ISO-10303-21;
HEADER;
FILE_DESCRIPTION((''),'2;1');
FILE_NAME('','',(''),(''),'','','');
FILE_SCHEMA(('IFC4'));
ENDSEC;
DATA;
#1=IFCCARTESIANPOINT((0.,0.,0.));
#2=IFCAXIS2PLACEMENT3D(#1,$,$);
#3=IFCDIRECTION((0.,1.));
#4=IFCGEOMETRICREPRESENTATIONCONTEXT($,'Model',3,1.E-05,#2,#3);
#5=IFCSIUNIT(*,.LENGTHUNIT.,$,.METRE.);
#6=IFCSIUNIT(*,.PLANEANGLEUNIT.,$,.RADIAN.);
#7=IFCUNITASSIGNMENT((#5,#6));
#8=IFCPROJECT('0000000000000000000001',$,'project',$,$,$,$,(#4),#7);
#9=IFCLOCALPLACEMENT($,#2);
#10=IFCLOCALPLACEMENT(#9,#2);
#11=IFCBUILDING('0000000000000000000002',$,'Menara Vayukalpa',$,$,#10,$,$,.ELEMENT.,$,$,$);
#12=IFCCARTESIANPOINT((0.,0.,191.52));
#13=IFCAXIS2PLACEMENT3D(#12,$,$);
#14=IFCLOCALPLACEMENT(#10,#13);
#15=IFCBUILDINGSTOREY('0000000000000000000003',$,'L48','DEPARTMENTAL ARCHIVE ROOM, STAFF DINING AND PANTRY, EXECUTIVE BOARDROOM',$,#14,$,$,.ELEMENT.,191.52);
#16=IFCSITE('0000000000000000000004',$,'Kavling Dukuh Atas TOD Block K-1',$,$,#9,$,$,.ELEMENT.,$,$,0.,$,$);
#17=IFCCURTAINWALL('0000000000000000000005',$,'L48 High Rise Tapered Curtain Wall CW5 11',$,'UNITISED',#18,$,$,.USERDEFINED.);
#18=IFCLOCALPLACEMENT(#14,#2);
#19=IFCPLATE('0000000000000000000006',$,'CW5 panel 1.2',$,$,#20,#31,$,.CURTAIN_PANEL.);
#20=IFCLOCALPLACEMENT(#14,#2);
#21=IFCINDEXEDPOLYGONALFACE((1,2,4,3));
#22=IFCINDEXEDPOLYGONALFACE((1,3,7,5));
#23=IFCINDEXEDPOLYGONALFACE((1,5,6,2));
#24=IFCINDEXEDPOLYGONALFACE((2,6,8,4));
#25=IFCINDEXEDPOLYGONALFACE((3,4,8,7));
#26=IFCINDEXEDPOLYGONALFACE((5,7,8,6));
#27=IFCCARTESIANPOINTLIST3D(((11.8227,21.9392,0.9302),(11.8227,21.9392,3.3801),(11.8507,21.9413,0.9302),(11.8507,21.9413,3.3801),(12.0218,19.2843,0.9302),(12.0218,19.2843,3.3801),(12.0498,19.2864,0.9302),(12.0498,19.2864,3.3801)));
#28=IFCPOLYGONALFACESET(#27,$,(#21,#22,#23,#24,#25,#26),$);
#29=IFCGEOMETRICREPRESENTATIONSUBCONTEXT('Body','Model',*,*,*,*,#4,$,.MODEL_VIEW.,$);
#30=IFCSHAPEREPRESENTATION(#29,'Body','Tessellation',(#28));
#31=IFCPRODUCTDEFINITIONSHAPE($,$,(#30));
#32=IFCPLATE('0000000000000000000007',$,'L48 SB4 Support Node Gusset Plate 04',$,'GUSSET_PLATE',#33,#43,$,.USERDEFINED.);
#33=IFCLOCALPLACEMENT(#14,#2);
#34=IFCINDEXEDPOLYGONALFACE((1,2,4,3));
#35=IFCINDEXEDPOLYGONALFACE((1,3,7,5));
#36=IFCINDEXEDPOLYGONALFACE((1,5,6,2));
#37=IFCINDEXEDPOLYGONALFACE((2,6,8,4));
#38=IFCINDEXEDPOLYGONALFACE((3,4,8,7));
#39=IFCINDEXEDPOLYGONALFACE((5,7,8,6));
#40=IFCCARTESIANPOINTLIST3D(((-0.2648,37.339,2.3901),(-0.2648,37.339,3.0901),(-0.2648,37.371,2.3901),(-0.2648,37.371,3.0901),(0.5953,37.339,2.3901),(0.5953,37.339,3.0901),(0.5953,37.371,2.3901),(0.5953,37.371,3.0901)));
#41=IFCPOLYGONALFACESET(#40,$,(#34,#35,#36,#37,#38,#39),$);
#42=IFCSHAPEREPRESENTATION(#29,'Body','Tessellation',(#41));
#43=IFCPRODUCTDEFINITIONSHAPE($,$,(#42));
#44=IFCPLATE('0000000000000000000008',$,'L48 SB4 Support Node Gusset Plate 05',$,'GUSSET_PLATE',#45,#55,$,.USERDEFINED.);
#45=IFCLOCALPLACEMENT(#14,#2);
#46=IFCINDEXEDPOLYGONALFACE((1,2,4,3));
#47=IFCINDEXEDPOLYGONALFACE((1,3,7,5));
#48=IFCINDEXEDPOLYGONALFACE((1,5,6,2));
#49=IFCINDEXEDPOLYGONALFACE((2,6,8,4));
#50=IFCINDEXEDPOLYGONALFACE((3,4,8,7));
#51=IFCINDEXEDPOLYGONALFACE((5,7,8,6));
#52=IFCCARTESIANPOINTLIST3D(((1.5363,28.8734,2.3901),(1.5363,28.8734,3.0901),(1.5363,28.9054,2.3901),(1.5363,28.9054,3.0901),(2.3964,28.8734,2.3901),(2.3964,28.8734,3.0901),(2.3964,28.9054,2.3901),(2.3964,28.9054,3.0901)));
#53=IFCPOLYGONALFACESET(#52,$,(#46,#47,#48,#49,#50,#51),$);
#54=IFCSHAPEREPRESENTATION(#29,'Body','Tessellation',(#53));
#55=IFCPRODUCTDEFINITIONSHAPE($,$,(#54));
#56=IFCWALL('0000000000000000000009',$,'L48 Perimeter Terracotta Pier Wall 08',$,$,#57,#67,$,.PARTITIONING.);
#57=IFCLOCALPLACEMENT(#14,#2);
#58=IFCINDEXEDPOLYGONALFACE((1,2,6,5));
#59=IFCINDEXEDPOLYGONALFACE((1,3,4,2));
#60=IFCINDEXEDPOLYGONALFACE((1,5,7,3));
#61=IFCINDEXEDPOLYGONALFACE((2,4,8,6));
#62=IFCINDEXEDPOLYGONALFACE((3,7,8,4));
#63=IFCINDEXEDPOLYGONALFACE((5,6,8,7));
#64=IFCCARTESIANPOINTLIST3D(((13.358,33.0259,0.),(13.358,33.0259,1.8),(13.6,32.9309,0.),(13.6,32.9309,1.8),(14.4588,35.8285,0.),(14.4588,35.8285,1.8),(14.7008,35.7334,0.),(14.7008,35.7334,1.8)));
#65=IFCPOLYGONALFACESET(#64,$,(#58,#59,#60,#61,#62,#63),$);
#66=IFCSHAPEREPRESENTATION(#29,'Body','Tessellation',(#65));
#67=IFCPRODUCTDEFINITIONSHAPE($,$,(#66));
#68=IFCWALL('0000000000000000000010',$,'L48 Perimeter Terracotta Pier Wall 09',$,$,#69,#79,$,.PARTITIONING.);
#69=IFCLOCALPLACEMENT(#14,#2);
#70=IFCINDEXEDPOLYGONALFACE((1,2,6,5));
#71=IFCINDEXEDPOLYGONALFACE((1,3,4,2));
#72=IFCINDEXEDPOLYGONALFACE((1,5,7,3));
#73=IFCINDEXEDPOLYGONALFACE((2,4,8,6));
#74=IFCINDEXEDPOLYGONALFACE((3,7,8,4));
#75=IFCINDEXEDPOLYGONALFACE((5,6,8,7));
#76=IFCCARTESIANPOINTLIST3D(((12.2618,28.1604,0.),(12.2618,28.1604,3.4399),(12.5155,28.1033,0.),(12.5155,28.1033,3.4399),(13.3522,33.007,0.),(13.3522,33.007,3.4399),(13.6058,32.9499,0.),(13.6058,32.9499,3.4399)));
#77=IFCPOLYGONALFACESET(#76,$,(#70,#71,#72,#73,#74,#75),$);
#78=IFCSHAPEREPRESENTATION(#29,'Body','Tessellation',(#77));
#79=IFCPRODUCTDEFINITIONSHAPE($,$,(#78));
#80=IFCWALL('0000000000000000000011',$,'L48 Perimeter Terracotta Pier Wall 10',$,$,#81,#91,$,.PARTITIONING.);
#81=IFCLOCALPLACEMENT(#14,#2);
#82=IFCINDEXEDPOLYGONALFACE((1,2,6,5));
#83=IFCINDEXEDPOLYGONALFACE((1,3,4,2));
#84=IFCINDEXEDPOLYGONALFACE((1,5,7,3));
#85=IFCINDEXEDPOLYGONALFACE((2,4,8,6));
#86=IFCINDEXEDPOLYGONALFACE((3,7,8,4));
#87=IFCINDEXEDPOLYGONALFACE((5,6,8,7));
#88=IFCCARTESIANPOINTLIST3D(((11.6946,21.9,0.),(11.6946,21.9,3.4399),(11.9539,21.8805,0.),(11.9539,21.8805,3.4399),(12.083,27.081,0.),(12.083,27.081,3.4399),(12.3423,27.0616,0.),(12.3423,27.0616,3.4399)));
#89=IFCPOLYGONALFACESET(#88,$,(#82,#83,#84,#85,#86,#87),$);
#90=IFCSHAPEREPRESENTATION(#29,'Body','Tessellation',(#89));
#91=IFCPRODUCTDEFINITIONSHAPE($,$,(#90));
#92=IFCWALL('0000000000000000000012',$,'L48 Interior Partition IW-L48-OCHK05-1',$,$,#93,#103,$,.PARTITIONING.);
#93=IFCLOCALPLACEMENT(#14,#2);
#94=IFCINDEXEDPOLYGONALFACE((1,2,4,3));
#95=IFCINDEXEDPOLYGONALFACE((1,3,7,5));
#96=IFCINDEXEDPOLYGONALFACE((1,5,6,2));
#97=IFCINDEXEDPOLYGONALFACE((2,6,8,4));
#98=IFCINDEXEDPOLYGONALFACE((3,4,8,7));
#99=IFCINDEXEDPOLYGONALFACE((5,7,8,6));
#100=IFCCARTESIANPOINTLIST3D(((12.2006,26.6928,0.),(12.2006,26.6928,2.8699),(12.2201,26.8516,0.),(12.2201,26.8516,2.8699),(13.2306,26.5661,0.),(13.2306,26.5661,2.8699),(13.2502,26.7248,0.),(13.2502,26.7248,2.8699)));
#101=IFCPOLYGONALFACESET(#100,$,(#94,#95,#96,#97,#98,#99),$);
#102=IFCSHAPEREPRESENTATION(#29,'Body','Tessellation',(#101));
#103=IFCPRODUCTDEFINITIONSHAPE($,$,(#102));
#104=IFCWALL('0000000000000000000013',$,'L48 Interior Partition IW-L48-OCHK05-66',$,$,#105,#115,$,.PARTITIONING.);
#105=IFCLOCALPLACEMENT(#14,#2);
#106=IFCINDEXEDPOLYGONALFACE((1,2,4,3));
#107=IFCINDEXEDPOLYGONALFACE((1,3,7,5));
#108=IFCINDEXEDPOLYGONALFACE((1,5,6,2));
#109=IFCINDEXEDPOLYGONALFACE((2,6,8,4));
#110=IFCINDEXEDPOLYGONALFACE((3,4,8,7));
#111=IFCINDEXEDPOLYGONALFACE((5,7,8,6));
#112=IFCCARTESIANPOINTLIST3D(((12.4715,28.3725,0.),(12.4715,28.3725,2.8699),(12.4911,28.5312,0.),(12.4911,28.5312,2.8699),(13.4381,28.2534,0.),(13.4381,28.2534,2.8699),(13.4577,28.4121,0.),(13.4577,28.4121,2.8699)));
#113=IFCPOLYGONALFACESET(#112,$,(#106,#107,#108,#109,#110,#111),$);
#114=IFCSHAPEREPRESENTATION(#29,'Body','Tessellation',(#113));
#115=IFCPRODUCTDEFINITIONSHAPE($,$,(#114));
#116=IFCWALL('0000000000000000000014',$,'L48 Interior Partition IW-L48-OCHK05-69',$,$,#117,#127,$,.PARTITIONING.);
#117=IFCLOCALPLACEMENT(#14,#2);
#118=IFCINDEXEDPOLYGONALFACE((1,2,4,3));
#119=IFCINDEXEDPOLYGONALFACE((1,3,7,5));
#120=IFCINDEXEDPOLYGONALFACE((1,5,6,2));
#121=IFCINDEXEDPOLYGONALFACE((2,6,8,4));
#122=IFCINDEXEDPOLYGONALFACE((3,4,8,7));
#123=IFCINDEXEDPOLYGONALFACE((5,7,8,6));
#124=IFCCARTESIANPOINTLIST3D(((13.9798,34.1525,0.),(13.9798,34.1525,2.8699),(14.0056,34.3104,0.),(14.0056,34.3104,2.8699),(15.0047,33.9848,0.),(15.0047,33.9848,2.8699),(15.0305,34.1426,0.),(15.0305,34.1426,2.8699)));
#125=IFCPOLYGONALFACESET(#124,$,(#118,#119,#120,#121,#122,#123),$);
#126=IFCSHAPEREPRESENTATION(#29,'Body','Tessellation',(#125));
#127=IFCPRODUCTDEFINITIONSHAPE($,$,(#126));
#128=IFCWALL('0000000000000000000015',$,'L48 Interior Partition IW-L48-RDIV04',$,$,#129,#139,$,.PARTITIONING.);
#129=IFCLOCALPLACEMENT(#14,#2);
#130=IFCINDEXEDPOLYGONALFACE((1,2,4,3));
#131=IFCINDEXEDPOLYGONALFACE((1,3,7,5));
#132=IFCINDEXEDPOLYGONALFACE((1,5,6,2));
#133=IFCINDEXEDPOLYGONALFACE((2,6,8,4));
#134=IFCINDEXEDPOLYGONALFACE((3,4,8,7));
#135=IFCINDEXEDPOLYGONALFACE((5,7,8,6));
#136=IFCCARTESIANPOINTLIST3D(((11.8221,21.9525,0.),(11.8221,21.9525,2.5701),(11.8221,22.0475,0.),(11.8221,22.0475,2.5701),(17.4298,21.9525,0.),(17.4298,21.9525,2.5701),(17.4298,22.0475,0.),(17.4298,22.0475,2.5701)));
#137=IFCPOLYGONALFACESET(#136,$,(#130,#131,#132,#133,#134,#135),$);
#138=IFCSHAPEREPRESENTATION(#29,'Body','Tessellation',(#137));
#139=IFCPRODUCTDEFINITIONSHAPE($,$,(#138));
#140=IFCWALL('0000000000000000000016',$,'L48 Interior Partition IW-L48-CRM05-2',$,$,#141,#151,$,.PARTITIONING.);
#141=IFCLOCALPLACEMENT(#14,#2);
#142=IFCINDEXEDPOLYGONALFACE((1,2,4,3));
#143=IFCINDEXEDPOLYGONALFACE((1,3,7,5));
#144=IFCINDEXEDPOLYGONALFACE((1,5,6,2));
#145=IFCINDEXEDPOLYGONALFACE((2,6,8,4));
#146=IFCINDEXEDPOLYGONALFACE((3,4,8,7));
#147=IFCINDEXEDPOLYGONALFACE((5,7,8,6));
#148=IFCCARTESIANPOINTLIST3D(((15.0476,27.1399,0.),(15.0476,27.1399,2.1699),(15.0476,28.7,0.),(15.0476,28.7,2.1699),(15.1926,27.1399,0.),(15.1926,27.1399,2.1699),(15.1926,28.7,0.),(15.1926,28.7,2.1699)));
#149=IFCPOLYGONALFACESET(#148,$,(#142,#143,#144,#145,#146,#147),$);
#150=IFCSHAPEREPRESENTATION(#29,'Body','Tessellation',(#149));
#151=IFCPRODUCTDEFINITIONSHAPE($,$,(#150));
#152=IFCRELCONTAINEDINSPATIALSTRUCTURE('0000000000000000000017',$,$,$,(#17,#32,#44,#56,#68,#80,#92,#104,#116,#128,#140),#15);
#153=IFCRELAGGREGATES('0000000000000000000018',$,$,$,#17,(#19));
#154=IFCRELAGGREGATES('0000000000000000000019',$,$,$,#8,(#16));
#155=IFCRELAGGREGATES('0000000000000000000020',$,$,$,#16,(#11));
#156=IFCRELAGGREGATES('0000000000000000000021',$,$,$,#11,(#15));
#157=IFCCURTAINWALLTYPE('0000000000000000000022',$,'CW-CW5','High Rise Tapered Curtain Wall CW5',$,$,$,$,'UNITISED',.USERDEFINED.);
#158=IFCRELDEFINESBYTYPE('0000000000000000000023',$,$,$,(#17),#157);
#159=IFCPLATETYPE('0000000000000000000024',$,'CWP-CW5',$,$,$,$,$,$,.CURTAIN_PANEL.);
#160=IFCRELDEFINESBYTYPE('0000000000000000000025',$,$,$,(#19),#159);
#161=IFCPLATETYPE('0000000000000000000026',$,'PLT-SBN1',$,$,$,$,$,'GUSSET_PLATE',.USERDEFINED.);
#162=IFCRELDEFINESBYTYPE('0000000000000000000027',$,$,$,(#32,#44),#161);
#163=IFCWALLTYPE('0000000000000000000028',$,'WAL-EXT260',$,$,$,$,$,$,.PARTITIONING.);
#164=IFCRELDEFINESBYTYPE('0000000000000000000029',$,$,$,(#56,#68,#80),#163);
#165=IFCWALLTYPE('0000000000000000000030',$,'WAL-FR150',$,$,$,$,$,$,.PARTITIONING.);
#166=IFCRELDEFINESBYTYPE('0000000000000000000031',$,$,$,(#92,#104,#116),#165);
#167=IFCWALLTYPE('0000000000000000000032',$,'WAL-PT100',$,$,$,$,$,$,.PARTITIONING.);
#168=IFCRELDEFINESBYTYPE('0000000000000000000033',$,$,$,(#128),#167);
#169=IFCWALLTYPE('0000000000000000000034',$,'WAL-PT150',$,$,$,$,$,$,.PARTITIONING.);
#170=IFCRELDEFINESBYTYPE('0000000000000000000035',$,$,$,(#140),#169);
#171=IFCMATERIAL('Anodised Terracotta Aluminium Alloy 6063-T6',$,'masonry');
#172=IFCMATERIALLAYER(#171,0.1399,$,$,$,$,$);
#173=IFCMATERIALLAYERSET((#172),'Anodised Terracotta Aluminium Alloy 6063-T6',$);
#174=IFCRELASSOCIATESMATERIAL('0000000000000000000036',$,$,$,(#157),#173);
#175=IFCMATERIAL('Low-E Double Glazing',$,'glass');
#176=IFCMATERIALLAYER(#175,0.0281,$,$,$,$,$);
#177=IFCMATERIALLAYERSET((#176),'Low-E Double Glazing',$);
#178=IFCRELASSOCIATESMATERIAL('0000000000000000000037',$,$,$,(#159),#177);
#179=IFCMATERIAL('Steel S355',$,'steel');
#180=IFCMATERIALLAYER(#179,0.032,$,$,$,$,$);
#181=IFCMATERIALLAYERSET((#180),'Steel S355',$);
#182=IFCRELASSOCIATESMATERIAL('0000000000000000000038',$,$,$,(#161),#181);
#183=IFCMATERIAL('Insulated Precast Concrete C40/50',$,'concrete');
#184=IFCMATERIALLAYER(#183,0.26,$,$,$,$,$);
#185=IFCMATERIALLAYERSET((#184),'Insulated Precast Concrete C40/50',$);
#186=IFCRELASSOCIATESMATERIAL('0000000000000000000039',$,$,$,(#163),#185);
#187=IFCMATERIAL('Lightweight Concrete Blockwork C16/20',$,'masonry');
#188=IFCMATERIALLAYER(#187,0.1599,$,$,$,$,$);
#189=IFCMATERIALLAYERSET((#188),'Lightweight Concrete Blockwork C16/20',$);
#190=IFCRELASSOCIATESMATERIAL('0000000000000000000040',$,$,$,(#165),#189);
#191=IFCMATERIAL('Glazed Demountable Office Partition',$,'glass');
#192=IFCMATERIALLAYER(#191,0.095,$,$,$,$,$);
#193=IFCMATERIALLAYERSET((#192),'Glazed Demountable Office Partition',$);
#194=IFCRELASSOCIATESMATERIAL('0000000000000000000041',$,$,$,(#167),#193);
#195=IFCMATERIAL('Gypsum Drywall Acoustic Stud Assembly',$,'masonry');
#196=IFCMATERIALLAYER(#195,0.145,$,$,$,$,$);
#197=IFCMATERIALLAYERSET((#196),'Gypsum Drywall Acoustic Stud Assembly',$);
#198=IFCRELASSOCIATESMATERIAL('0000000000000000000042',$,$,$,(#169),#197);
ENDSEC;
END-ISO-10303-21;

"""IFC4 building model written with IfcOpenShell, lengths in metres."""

from ifc_helpers import new_model, si_unit, direction, frame, frame_2d, origin, origin_2d, place, context, subcontext, project, spatial, rectangle, extrude, material, layer, layer_set, type_object, element, aggregate, save


model = new_model("IFC4")

# Units and contexts
model_context = context("Model", 3, precision=1e-05, world=origin(), true_north=direction((0.0, 1.0)))
body_context = subcontext(model_context, "Body", "Model", "MODEL_VIEW")
ifc_project = project(units=[si_unit("LENGTHUNIT", "METRE"), si_unit("PLANEANGLEUNIT", "RADIAN")], contexts=[model_context])

# Site, building, storey
site_placement = place(None, origin())
site = spatial("IfcSite", under=ifc_project, at=site_placement, Name="Kavling Dukuh Atas TOD Block K-1", CompositionType="ELEMENT", RefElevation=0.0)
building_placement = place(site_placement, origin())
building = spatial("IfcBuilding", under=site, at=building_placement, Name="Menara Vayukalpa", CompositionType="ELEMENT")
storey_placement = place(building_placement, frame((0.0, 0.0, 191.52)))
storey = spatial("IfcBuildingStorey", under=building, at=storey_placement, Name="L48", Description="DEPARTMENTAL ARCHIVE ROOM, STAFF DINING AND PANTRY, EXECUTIVE BOARDROOM", CompositionType="ELEMENT", Elevation=191.52)

# Curtain wall, plate
ifc_material_1 = material(Name="Anodised Terracotta Aluminium Alloy 6063-T6", Category="masonry")
ifc_layer_1 = layer(ifc_material_1, 0.1399)
ifc_layer_set_1 = layer_set([ifc_layer_1], Name="Anodised Terracotta Aluminium Alloy 6063-T6")
curtain_wall_type = type_object("IfcCurtainWallType", Name="CW-CW5", Description="High Rise Tapered Curtain Wall CW5", ElementType="UNITISED", PredefinedType="USERDEFINED", material=ifc_layer_set_1)
curtain_wall_placement = place(storey_placement, origin())
curtain_wall = element("IfcCurtainWall", 1, at=curtain_wall_placement, inside=storey, type_object=curtain_wall_type, Name="L48 High Rise Tapered Curtain Wall CW5 11", ObjectType="UNITISED", PredefinedType="USERDEFINED")
ifc_material_2 = material(Name="Low-E Double Glazing", Category="glass")
ifc_layer_2 = layer(ifc_material_2, 0.0281)
ifc_layer_set_2 = layer_set([ifc_layer_2], Name="Low-E Double Glazing")
plate_type_1 = type_object("IfcPlateType", Name="CWP-CW5", PredefinedType="CURTAIN_PANEL", material=ifc_layer_set_2)
plate_1_placement = place(storey_placement, frame((11.9363, 20.6128, 0.9302), z_axis=(0.0, 0.0, 1.0), x_axis=(0.074792, -0.997199, 0.0)))
plate_1 = element("IfcPlate", 2, at=plate_1_placement, type_object=plate_type_1, Name="CW5 panel 1.2", PredefinedType="CURTAIN_PANEL", context=body_context, shape_type="SweptSolid", body=[
    extrude(rectangle(XDim=2.6624, YDim=0.0281, at=origin_2d()), origin(), (0.0, 0.0, 1.0), 2.45),
])
aggregate(curtain_wall, [plate_1])

# Plates
ifc_material_3 = material(Name="Steel S355", Category="steel")
ifc_layer_3 = layer(ifc_material_3, 0.032)
ifc_layer_set_3 = layer_set([ifc_layer_3], Name="Steel S355")
plate_type_2 = type_object("IfcPlateType", Name="PLT-SBN1", ElementType="GUSSET_PLATE", PredefinedType="USERDEFINED", material=ifc_layer_set_3)
for number, where, z_axis, x_axis, name in (
    (3, (0.1653, 37.355, 2.3901), (0.0, 0.0, 1.0), (1.0, 0.0, 0.0), "L48 SB4 Support Node Gusset Plate 04"),
    (4, (1.9663, 28.8894, 2.3901), (0.0, 0.0, 1.0), (1.0, 0.0, 0.0), "L48 SB4 Support Node Gusset Plate 05"),
):
    element("IfcPlate", number, at=place(storey_placement, frame(where, z_axis=z_axis, x_axis=x_axis)), inside=storey, type_object=plate_type_2, Name=name, ObjectType="GUSSET_PLATE", PredefinedType="USERDEFINED", context=body_context, shape_type="SweptSolid", body=[
        extrude(rectangle(XDim=0.8601, YDim=0.032, at=origin_2d()), origin(), (0.0, 0.0, 1.0), 0.7),
    ])

# Walls
ifc_material_4 = material(Name="Insulated Precast Concrete C40/50", Category="concrete")
ifc_layer_4 = layer(ifc_material_4, 0.26)
ifc_layer_set_4 = layer_set([ifc_layer_4], Name="Insulated Precast Concrete C40/50")
wall_type_1 = type_object("IfcWallType", Name="WAL-EXT260", PredefinedType="PARTITIONING", material=ifc_layer_set_4)
wall_1_placement = place(storey_placement, frame((13.479, 32.9785, 0.0), z_axis=(0.0, 0.0, 1.0), x_axis=(0.36561, 0.930768, 0.0)))
element("IfcWall", 5, at=wall_1_placement, inside=storey, type_object=wall_type_1, Name="L48 Perimeter Terracotta Pier Wall 08", PredefinedType="PARTITIONING", context=body_context, shape_type="SweptSolid", body=[
    extrude(rectangle(XDim=3.011, YDim=0.26, at=frame_2d((1.5054, 0.0))), origin(), (0.0, 0.0, 1.0), 1.8),
])
wall_2_placement = place(storey_placement, frame((12.3887, 28.1318, 0.0), z_axis=(0.0, 0.0, 1.0), x_axis=(0.219479, 0.975617, 0.0)))
element("IfcWall", 6, at=wall_2_placement, inside=storey, type_object=wall_type_1, Name="L48 Perimeter Terracotta Pier Wall 09", PredefinedType="PARTITIONING", context=body_context, shape_type="SweptSolid", body=[
    extrude(rectangle(XDim=4.9678, YDim=0.26, at=frame_2d((2.4839, 0.0))), origin(), (0.0, 0.0, 1.0), 3.4399),
])
wall_3_placement = place(storey_placement, frame((11.8242, 21.8904, 0.0), z_axis=(0.0, 0.0, 1.0), x_axis=(0.074763, 0.997201, 0.0)))
element("IfcWall", 7, at=wall_3_placement, inside=storey, type_object=wall_type_1, Name="L48 Perimeter Terracotta Pier Wall 10", PredefinedType="PARTITIONING", context=body_context, shape_type="SweptSolid", body=[
    extrude(rectangle(XDim=5.1956, YDim=0.26, at=frame_2d((2.5977, 0.0))), origin(), (0.0, 0.0, 1.0), 3.4399),
])
ifc_material_5 = material(Name="Lightweight Concrete Blockwork C16/20", Category="masonry")
ifc_layer_5 = layer(ifc_material_5, 0.1599)
ifc_layer_set_5 = layer_set([ifc_layer_5], Name="Lightweight Concrete Blockwork C16/20")
wall_type_2 = type_object("IfcWallType", Name="WAL-FR150", PredefinedType="PARTITIONING", material=ifc_layer_set_5)
wall_4_placement = place(storey_placement, frame((12.2102, 26.7722, 0.0), z_axis=(0.0, 0.0, 1.0), x_axis=(0.992518, -0.122095, 0.0)))
element("IfcWall", 8, at=wall_4_placement, inside=storey, type_object=wall_type_2, Name="L48 Interior Partition IW-L48-OCHK05-1", PredefinedType="PARTITIONING", context=body_context, shape_type="SweptSolid", body=[
    extrude(rectangle(XDim=1.0378, YDim=0.1599, at=frame_2d((0.519, 0.0))), origin(), (0.0, 0.0, 1.0), 2.8699),
])
wall_5_placement = place(storey_placement, frame((13.4478, 28.3328, 0.0), z_axis=(0.0, 0.0, 1.0), x_axis=(-0.992489, 0.122338, 0.0)))
element("IfcWall", 9, at=wall_5_placement, inside=storey, type_object=wall_type_2, Name="L48 Interior Partition IW-L48-OCHK05-66", PredefinedType="PARTITIONING", context=body_context, shape_type="SweptSolid", body=[
    extrude(rectangle(XDim=0.9739, YDim=0.1599, at=frame_2d((0.4868, 0.0))), origin(), (0.0, 0.0, 1.0), 2.8699),
])
wall_6_placement = place(storey_placement, frame((13.9927, 34.2314, 0.0), z_axis=(0.0, 0.0, 1.0), x_axis=(0.986873, -0.161501, 0.0)))
element("IfcWall", 10, at=wall_6_placement, inside=storey, type_object=wall_type_2, Name="L48 Interior Partition IW-L48-OCHK05-69", PredefinedType="PARTITIONING", context=body_context, shape_type="SweptSolid", body=[
    extrude(rectangle(XDim=1.0386, YDim=0.1599, at=frame_2d((0.5193, 0.0))), origin(), (0.0, 0.0, 1.0), 2.8699),
])
ifc_material_6 = material(Name="Glazed Demountable Office Partition", Category="glass")
ifc_layer_6 = layer(ifc_material_6, 0.095)
ifc_layer_set_6 = layer_set([ifc_layer_6], Name="Glazed Demountable Office Partition")
wall_type_3 = type_object("IfcWallType", Name="WAL-PT100", PredefinedType="PARTITIONING", material=ifc_layer_set_6)
wall_7_placement = place(storey_placement, frame((11.8223, 22.0, 0.0), z_axis=(0.0, 0.0, 1.0), x_axis=(1.0, 0.0, 0.0)))
element("IfcWall", 11, at=wall_7_placement, inside=storey, type_object=wall_type_3, Name="L48 Interior Partition IW-L48-RDIV04", PredefinedType="PARTITIONING", context=body_context, shape_type="SweptSolid", body=[
    extrude(rectangle(XDim=5.6077, YDim=0.095, at=frame_2d((2.8037, 0.0))), origin(), (0.0, 0.0, 1.0), 2.5701),
])
ifc_material_7 = material(Name="Gypsum Drywall Acoustic Stud Assembly", Category="masonry")
ifc_layer_7 = layer(ifc_material_7, 0.145)
ifc_layer_set_7 = layer_set([ifc_layer_7], Name="Gypsum Drywall Acoustic Stud Assembly")
wall_type_4 = type_object("IfcWallType", Name="WAL-PT150", PredefinedType="PARTITIONING", material=ifc_layer_set_7)
wall_8_placement = place(storey_placement, frame((15.1201, 28.7, 0.0), z_axis=(0.0, 0.0, 1.0), x_axis=(0.0, -1.0, 0.0)))
element("IfcWall", 12, at=wall_8_placement, inside=storey, type_object=wall_type_4, Name="L48 Interior Partition IW-L48-CRM05-2", PredefinedType="PARTITIONING", context=body_context, shape_type="SweptSolid", body=[
    extrude(rectangle(XDim=1.5601, YDim=0.145, at=frame_2d((0.78, 0.0))), origin(), (0.0, 0.0, 1.0), 2.1699),
])

save(model, "model.ifc")
